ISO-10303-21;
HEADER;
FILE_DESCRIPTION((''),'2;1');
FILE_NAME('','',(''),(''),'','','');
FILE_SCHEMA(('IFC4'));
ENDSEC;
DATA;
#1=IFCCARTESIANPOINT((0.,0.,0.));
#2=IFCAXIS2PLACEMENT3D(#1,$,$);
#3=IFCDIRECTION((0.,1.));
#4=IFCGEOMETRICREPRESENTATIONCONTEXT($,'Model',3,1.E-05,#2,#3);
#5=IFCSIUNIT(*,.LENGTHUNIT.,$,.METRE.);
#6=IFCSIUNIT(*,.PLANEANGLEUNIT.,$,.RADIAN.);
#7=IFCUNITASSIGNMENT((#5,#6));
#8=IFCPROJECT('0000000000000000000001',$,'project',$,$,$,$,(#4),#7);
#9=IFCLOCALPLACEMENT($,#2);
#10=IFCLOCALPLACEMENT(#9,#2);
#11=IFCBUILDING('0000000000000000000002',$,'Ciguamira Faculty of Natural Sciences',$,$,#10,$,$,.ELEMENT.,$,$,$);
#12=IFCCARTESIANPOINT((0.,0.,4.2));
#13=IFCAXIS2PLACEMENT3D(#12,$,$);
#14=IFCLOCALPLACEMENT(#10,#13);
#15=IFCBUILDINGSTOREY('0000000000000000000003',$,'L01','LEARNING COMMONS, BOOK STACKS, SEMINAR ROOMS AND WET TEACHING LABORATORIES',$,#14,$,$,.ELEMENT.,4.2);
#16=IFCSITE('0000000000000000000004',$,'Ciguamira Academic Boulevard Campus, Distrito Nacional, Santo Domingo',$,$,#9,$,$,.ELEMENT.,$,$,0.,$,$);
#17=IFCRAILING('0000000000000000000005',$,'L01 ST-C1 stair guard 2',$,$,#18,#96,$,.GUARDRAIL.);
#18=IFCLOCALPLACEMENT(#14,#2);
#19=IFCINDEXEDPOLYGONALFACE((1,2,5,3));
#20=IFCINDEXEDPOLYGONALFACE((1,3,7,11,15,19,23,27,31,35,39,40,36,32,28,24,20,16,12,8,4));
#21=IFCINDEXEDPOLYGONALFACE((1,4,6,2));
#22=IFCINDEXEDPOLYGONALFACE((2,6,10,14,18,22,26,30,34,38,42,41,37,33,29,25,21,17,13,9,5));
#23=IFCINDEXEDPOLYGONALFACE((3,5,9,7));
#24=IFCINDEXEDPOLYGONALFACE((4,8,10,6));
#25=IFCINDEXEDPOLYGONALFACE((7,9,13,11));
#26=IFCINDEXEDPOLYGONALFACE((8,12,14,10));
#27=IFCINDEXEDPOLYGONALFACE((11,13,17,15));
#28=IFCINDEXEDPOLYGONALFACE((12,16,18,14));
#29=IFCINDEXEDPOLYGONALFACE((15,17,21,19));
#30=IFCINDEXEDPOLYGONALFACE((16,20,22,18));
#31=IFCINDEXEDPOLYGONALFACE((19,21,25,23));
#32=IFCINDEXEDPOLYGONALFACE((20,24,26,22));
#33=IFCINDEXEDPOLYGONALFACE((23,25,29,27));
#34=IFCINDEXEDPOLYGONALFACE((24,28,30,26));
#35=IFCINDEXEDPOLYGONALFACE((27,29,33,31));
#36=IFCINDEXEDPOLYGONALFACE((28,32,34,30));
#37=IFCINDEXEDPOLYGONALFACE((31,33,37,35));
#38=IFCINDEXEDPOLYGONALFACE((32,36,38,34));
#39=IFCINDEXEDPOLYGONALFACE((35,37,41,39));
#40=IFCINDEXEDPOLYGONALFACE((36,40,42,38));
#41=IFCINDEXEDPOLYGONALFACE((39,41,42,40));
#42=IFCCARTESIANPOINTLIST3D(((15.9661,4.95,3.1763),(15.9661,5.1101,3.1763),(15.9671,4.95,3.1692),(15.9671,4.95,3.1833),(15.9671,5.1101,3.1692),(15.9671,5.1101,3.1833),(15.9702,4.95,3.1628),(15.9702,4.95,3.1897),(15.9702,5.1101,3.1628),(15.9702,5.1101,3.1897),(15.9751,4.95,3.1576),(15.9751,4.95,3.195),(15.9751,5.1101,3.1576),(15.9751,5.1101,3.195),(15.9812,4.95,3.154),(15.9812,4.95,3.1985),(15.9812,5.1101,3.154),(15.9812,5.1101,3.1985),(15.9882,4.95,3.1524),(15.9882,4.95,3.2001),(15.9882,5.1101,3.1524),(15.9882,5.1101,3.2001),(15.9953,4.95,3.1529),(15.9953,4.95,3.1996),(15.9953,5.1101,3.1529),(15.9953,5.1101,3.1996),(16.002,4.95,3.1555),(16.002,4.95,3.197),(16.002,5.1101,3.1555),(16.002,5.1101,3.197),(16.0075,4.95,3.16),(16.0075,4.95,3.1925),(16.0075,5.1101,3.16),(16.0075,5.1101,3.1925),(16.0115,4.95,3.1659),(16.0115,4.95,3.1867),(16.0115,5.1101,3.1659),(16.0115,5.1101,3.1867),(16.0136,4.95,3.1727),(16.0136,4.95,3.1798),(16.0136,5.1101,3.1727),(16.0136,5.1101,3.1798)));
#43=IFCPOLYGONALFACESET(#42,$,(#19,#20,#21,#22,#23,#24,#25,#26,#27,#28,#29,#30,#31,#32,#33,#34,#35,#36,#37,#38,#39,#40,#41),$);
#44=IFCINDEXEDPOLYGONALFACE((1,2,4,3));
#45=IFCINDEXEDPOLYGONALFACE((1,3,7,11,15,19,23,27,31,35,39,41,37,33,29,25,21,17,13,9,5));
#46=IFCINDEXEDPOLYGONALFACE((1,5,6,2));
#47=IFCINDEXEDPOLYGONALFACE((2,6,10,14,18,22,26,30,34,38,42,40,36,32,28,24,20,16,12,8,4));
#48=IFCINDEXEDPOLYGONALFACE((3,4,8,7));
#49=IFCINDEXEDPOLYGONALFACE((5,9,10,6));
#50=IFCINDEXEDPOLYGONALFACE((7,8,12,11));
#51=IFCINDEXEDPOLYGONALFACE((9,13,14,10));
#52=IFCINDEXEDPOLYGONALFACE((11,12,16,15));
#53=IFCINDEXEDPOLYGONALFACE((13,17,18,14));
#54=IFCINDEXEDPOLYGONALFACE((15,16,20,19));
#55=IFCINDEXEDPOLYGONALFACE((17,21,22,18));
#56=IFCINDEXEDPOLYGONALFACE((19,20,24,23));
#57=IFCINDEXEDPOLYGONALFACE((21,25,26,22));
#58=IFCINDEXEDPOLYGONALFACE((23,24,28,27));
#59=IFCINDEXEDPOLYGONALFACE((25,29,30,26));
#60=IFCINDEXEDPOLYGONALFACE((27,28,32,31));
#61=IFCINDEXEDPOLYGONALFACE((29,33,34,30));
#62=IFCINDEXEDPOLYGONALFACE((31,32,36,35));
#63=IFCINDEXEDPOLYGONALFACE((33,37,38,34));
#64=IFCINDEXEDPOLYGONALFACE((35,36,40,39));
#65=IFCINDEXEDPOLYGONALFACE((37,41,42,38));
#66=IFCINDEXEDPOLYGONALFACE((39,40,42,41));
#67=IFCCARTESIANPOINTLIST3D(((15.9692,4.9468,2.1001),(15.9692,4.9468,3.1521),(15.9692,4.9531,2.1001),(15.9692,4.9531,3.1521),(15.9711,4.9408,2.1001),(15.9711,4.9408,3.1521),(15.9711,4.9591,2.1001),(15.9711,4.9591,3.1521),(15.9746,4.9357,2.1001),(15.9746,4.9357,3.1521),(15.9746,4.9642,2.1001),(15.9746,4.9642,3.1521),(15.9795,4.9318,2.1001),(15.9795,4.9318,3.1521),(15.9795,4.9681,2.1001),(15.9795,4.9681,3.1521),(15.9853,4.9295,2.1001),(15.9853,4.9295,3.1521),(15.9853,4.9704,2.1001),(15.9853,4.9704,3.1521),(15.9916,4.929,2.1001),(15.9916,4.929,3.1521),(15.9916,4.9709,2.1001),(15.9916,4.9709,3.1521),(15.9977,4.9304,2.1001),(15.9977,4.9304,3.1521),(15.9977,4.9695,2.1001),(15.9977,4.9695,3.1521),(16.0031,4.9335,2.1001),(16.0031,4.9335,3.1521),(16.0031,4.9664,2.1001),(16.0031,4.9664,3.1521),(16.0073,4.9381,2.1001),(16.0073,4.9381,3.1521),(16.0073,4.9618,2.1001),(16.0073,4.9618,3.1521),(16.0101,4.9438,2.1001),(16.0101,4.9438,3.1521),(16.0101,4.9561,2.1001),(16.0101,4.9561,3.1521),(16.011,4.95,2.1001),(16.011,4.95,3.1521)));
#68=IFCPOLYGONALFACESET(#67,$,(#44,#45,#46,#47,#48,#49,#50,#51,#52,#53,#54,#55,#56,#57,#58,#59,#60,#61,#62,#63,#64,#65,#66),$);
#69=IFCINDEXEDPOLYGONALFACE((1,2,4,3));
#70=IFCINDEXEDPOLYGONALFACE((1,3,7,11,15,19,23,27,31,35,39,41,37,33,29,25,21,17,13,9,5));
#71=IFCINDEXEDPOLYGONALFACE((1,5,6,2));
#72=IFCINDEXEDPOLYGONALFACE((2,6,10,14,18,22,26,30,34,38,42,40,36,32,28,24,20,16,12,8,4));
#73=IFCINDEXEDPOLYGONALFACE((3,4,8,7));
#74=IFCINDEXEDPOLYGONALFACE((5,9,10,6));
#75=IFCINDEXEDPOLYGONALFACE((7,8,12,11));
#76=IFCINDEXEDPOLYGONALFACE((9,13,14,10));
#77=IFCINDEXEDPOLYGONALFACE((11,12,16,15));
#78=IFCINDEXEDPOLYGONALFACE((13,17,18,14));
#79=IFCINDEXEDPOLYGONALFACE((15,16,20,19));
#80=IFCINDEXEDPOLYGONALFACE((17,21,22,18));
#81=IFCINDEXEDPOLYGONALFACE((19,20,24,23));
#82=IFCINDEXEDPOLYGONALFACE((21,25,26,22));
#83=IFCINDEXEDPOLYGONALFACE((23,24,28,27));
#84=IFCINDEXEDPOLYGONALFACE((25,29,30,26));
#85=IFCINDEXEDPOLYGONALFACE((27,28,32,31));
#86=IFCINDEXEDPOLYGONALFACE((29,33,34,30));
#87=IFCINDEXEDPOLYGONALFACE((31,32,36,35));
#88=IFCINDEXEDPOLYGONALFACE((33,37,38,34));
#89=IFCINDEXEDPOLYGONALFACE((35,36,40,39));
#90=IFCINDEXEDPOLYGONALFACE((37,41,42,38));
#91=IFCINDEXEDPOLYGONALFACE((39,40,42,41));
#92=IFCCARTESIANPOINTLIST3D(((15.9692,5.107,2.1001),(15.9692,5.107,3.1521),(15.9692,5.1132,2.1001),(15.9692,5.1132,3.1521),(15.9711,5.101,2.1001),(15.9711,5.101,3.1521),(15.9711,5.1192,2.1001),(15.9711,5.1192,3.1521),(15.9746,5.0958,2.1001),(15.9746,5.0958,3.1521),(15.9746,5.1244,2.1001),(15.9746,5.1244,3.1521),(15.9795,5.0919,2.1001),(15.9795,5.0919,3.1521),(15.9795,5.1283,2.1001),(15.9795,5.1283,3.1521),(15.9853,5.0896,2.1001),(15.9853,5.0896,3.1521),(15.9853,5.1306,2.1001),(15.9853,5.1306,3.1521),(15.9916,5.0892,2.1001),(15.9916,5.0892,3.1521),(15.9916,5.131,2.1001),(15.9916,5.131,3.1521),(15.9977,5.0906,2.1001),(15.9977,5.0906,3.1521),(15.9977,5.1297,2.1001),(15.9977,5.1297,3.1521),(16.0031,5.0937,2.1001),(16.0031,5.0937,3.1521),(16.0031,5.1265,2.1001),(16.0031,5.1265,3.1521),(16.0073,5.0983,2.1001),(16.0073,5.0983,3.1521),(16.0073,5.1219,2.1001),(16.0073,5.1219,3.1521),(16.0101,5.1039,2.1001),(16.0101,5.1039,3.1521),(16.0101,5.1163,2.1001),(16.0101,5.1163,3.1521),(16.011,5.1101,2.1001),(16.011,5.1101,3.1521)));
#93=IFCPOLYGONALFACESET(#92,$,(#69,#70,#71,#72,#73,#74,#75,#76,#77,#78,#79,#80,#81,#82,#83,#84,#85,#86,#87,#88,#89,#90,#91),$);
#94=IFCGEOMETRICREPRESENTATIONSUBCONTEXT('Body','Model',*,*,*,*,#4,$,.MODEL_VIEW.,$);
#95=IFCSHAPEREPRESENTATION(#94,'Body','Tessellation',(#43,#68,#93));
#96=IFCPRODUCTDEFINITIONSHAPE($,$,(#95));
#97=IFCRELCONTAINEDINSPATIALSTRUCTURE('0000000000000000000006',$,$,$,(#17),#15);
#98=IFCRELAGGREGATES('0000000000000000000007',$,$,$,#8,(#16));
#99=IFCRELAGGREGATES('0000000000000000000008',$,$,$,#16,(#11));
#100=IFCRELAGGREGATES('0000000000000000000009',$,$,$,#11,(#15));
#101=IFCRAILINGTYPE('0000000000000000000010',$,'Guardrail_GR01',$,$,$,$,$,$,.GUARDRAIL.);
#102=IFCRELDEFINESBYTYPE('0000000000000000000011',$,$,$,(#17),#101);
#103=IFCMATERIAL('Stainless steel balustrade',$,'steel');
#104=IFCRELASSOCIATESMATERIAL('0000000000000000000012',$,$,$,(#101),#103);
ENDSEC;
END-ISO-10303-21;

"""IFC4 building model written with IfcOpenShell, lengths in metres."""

from ifc_helpers import new_model, si_unit, direction, frame, origin, origin_2d, place, context, subcontext, project, spatial, circle, extrude, material, type_object, element, save


model = new_model("IFC4")

# Units and contexts
model_context = context("Model", 3, precision=1e-05, world=origin(), true_north=direction((0.0, 1.0)))
body_context = subcontext(model_context, "Body", "Model", "MODEL_VIEW")
ifc_project = project(units=[si_unit("LENGTHUNIT", "METRE"), si_unit("PLANEANGLEUNIT", "RADIAN")], contexts=[model_context])

# Site, building, storey
site_placement = place(None, origin())
site = spatial("IfcSite", under=ifc_project, at=site_placement, Name="Ciguamira Academic Boulevard Campus, Distrito Nacional, Santo Domingo", CompositionType="ELEMENT", RefElevation=0.0)
building_placement = place(site_placement, origin())
building = spatial("IfcBuilding", under=site, at=building_placement, Name="Ciguamira Faculty of Natural Sciences", CompositionType="ELEMENT")
storey_placement = place(building_placement, frame((0.0, 0.0, 4.2)))
storey = spatial("IfcBuildingStorey", under=building, at=storey_placement, Name="L01", Description="LEARNING COMMONS, BOOK STACKS, SEMINAR ROOMS AND WET TEACHING LABORATORIES", CompositionType="ELEMENT", Elevation=4.2)

# Railing
ifc_material_1 = material(Name="Stainless steel balustrade", Category="steel")
railing_type_1 = type_object("IfcRailingType", Name="Guardrail_GR01", PredefinedType="GUARDRAIL", material=ifc_material_1)
railing_1_placement = place(storey_placement, frame((15.99, 4.95, 2.1001)))
element("IfcRailing", 1, at=railing_1_placement, inside=storey, type_object=railing_type_1, Name="L01 ST-C1 stair guard 2", PredefinedType="GUARDRAIL", context=body_context, shape_type="SweptSolid", body=[
    extrude(circle(Radius=0.0239, at=origin_2d()), frame((0.0, 0.0, 1.0762), z_axis=(0.0, 1.0, 0.0), x_axis=(-1.0, 0.0, 0.0)), (0.0, 0.0, 1.0), 0.1602),
    extrude(circle(Radius=0.021, at=origin_2d()), origin(), (0.0, 0.0, 1.0), 1.052),
    extrude(circle(Radius=0.021, at=origin_2d()), frame((0.0, 0.1602, 0.0)), (0.0, 0.0, 1.0), 1.052),
])

save(model, "model.ifc")
